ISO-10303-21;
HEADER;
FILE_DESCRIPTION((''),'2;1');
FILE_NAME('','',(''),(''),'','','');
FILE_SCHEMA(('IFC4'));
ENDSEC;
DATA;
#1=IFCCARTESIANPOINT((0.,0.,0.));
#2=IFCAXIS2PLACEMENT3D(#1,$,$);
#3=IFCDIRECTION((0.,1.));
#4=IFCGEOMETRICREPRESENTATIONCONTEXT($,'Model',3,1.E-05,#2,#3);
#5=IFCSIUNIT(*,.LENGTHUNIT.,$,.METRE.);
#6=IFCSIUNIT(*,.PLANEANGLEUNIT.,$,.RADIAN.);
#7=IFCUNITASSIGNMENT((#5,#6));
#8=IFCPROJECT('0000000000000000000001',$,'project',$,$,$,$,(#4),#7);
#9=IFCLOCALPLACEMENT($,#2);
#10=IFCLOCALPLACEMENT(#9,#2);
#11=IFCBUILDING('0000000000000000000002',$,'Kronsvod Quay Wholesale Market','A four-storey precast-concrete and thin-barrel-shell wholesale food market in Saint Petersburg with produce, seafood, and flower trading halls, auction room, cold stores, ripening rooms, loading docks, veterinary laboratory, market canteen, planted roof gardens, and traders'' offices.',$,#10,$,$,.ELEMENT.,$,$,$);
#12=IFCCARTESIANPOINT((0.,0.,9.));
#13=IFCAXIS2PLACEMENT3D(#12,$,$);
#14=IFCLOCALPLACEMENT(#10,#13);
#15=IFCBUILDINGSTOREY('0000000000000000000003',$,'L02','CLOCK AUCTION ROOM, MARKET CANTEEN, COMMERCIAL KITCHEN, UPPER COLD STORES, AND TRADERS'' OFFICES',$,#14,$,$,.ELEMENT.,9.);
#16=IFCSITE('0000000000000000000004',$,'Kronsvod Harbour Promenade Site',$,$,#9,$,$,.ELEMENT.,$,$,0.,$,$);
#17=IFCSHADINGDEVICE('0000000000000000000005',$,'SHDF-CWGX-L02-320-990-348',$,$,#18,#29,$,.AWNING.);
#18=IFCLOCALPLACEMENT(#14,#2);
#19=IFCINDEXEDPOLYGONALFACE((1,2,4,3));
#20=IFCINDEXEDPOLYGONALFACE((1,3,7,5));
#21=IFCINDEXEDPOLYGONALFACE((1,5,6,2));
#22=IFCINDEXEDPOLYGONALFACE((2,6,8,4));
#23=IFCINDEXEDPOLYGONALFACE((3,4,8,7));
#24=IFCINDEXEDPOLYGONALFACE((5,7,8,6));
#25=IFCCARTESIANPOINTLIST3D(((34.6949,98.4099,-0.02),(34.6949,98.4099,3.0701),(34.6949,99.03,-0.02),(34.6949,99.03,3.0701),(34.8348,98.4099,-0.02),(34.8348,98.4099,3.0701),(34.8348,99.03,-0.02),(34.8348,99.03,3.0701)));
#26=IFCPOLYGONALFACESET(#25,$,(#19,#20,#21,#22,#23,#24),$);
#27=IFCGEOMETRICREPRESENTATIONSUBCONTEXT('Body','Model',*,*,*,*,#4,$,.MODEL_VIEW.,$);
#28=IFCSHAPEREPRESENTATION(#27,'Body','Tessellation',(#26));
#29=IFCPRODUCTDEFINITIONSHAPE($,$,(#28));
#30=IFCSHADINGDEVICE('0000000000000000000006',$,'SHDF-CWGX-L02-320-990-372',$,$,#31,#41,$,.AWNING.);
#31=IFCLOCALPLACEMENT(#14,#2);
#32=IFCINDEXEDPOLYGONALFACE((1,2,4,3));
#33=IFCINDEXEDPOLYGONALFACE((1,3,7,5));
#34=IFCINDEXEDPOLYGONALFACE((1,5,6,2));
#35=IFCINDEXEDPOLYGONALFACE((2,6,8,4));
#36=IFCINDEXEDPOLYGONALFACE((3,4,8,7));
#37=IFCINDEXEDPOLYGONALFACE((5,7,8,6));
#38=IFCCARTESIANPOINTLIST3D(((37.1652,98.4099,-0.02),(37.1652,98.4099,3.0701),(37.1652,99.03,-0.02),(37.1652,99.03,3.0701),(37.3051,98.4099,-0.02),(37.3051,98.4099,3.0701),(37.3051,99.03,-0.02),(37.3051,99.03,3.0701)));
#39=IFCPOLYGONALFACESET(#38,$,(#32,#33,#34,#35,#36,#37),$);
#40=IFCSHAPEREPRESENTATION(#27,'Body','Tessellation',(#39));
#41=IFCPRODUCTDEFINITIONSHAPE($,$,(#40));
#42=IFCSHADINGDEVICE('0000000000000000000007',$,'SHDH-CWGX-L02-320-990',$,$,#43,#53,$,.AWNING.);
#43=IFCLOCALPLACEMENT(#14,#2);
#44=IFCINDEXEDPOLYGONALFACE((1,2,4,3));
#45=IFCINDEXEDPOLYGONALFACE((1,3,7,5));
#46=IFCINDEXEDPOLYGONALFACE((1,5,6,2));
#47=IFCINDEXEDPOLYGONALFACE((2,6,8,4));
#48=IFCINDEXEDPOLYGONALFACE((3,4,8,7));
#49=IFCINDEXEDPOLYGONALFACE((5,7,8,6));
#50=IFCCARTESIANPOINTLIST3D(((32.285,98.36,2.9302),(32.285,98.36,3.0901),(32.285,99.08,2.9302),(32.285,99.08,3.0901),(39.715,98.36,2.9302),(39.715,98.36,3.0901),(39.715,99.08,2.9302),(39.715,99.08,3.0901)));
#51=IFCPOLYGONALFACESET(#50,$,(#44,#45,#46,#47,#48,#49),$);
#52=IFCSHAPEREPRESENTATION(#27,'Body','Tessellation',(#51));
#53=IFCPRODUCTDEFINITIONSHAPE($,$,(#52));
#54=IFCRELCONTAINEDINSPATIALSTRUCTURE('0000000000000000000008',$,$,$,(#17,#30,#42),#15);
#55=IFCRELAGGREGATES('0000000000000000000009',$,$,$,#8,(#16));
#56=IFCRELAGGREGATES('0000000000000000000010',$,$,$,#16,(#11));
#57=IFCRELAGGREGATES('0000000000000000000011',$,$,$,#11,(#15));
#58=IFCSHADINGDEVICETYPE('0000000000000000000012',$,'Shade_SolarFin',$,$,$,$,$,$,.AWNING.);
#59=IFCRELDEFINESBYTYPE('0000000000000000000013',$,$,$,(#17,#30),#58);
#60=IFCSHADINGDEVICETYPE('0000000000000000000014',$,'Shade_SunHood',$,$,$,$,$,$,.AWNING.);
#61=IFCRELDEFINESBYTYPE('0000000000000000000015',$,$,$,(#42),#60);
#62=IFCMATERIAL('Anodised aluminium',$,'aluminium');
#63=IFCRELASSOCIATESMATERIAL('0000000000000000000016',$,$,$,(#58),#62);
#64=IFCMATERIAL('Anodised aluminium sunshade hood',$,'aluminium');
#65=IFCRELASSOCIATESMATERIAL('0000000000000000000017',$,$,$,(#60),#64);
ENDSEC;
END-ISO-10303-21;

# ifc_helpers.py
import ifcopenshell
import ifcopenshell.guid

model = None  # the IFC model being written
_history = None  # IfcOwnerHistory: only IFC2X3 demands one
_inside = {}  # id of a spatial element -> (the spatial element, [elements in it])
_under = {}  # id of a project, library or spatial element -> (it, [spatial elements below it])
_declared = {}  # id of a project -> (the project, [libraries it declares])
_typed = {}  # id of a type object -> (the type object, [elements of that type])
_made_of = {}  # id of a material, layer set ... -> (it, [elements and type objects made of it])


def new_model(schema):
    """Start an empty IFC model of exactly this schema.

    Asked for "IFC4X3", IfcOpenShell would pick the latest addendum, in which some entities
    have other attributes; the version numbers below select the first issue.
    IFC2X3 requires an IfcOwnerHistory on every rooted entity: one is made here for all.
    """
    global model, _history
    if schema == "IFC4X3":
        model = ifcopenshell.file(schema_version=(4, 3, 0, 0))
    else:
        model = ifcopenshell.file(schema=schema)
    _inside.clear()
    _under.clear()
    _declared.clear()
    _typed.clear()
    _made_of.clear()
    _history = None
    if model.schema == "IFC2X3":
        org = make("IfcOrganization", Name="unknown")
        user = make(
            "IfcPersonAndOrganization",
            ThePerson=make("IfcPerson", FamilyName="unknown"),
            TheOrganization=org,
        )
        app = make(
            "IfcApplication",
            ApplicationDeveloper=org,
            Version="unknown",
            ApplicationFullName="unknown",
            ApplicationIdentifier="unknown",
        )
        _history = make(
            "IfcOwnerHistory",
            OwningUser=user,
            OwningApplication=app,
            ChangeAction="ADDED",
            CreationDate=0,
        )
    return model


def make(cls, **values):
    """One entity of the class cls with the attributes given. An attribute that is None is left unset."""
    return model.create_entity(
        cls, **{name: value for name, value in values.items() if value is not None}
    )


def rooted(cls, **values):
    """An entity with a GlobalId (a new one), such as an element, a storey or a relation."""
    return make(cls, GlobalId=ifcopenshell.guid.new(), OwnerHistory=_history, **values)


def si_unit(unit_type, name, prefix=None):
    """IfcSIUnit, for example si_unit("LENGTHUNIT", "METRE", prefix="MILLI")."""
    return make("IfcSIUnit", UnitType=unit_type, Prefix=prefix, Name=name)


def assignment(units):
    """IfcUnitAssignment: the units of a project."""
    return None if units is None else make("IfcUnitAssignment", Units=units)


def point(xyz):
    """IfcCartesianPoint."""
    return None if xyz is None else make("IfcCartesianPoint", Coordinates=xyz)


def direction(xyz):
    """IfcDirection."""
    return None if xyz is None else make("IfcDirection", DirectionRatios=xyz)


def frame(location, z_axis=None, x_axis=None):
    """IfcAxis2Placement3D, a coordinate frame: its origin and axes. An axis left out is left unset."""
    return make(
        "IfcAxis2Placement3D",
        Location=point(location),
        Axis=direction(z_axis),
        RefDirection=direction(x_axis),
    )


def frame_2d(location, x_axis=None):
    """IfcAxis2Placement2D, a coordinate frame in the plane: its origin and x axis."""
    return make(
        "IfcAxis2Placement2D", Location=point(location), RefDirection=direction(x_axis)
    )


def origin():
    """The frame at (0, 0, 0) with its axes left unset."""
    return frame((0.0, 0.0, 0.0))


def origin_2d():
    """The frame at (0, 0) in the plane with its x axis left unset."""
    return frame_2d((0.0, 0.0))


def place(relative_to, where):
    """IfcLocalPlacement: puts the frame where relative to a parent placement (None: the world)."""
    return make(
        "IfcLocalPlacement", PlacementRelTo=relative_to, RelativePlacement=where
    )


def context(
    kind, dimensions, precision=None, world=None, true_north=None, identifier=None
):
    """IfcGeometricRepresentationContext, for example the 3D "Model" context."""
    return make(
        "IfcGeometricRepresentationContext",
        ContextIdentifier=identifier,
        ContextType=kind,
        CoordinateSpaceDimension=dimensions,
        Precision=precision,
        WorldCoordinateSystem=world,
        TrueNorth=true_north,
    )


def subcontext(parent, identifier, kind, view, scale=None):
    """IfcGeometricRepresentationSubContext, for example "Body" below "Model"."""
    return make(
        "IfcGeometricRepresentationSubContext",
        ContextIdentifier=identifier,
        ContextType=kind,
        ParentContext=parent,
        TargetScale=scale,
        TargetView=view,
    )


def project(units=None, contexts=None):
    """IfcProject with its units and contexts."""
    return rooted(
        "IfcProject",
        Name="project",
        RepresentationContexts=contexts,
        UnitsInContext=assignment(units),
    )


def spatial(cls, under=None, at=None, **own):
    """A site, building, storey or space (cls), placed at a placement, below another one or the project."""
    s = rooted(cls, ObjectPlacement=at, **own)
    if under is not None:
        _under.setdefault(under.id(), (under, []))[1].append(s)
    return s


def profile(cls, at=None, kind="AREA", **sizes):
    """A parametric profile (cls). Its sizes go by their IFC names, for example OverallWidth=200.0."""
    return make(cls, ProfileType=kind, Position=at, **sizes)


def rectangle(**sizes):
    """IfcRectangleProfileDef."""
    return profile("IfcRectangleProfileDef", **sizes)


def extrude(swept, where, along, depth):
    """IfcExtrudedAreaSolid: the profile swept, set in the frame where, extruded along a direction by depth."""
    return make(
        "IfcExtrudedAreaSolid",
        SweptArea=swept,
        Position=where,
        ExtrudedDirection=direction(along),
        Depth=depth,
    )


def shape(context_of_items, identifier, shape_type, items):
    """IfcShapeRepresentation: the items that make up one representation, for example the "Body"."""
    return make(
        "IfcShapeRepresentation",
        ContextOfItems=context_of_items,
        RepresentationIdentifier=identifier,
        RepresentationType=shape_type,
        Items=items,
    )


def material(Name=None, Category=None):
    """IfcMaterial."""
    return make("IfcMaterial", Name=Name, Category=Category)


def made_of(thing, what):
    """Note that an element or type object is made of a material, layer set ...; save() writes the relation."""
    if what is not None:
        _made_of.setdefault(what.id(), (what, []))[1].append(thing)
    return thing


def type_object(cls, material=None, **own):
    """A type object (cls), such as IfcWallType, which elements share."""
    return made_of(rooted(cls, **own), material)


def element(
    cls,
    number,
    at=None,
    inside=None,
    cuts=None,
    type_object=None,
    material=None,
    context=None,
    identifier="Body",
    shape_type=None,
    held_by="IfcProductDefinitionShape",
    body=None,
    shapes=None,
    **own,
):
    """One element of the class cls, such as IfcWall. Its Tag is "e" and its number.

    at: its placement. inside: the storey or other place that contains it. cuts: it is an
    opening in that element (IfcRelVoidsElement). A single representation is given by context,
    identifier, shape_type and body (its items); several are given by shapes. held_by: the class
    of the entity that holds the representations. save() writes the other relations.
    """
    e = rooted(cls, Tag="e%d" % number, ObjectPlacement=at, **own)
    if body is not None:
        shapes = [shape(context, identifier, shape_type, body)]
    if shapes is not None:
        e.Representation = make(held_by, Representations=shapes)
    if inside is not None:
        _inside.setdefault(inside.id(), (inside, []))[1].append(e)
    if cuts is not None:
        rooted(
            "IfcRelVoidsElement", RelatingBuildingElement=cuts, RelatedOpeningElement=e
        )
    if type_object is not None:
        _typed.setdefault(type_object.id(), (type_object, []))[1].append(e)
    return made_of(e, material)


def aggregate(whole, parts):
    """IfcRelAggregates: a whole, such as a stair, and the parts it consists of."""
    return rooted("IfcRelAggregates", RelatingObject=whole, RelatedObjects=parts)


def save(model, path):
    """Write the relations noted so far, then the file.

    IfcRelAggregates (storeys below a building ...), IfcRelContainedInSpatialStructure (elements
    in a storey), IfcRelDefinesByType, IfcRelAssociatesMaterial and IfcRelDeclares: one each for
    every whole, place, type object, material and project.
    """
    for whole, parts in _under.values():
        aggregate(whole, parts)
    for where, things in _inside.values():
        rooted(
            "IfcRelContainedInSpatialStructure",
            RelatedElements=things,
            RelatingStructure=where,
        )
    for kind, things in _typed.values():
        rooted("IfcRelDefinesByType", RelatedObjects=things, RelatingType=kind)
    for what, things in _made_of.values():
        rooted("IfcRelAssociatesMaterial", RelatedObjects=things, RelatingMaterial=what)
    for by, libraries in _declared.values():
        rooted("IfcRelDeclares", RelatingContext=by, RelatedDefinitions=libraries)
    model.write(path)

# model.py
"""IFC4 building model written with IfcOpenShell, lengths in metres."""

from ifc_helpers import new_model, si_unit, direction, frame, origin, origin_2d, place, context, subcontext, project, spatial, rectangle, extrude, material, type_object, element, save


model = new_model("IFC4")

# Units and contexts
model_context = context("Model", 3, precision=1e-05, world=origin(), true_north=direction((0.0, 1.0)))
body_context = subcontext(model_context, "Body", "Model", "MODEL_VIEW")
ifc_project = project(units=[si_unit("LENGTHUNIT", "METRE"), si_unit("PLANEANGLEUNIT", "RADIAN")], contexts=[model_context])

# Site, building, storey
site_placement = place(None, origin())
site = spatial("IfcSite", under=ifc_project, at=site_placement, Name="Kronsvod Harbour Promenade Site", CompositionType="ELEMENT", RefElevation=0.0)
building_placement = place(site_placement, origin())
building = spatial("IfcBuilding", under=site, at=building_placement, Name="Kronsvod Quay Wholesale Market", Description="A four-storey precast-concrete and thin-barrel-shell wholesale food market in Saint Petersburg with produce, seafood, and flower trading halls, auction room, cold stores, ripening rooms, loading docks, veterinary laboratory, market canteen, planted roof gardens, and traders' offices.", CompositionType="ELEMENT")
storey_placement = place(building_placement, frame((0.0, 0.0, 9.0)))
storey = spatial("IfcBuildingStorey", under=building, at=storey_placement, Name="L02", Description="CLOCK AUCTION ROOM, MARKET CANTEEN, COMMERCIAL KITCHEN, UPPER COLD STORES, AND TRADERS' OFFICES", CompositionType="ELEMENT", Elevation=9.0)

# Shading devices
ifc_material_1 = material(Name="Anodised aluminium", Category="aluminium")
shading_device_type_1 = type_object("IfcShadingDeviceType", Name="Shade_SolarFin", PredefinedType="AWNING", material=ifc_material_1)
for number, where, z_axis, x_axis, name in (
    (1, (34.7649, 98.72, -0.02), (0.0, 0.0, 1.0), (1.0, 0.0, 0.0), "SHDF-CWGX-L02-320-990-348"),
    (2, (37.2351, 98.72, -0.02), (0.0, 0.0, 1.0), (1.0, 0.0, 0.0), "SHDF-CWGX-L02-320-990-372"),
):
    element("IfcShadingDevice", number, at=place(storey_placement, frame(where, z_axis=z_axis, x_axis=x_axis)), inside=storey, type_object=shading_device_type_1, Name=name, PredefinedType="AWNING", context=body_context, shape_type="SweptSolid", body=[
        extrude(rectangle(XDim=0.1399, YDim=0.6201, at=origin_2d()), origin(), (0.0, 0.0, 1.0), 3.0901),
    ])
ifc_material_2 = material(Name="Anodised aluminium sunshade hood", Category="aluminium")
shading_device_type_2 = type_object("IfcShadingDeviceType", Name="Shade_SunHood", PredefinedType="AWNING", material=ifc_material_2)
shading_device_1_placement = place(storey_placement, frame((36.0, 98.72, 2.9302), z_axis=(0.0, 0.0, 1.0), x_axis=(1.0, 0.0, 0.0)))
element("IfcShadingDevice", 3, at=shading_device_1_placement, inside=storey, type_object=shading_device_type_2, Name="SHDH-CWGX-L02-320-990", PredefinedType="AWNING", context=body_context, shape_type="SweptSolid", body=[
    extrude(rectangle(XDim=7.4299, YDim=0.72, at=origin_2d()), origin(), (0.0, 0.0, 1.0), 0.1599),
])

save(model, "model.ifc")
